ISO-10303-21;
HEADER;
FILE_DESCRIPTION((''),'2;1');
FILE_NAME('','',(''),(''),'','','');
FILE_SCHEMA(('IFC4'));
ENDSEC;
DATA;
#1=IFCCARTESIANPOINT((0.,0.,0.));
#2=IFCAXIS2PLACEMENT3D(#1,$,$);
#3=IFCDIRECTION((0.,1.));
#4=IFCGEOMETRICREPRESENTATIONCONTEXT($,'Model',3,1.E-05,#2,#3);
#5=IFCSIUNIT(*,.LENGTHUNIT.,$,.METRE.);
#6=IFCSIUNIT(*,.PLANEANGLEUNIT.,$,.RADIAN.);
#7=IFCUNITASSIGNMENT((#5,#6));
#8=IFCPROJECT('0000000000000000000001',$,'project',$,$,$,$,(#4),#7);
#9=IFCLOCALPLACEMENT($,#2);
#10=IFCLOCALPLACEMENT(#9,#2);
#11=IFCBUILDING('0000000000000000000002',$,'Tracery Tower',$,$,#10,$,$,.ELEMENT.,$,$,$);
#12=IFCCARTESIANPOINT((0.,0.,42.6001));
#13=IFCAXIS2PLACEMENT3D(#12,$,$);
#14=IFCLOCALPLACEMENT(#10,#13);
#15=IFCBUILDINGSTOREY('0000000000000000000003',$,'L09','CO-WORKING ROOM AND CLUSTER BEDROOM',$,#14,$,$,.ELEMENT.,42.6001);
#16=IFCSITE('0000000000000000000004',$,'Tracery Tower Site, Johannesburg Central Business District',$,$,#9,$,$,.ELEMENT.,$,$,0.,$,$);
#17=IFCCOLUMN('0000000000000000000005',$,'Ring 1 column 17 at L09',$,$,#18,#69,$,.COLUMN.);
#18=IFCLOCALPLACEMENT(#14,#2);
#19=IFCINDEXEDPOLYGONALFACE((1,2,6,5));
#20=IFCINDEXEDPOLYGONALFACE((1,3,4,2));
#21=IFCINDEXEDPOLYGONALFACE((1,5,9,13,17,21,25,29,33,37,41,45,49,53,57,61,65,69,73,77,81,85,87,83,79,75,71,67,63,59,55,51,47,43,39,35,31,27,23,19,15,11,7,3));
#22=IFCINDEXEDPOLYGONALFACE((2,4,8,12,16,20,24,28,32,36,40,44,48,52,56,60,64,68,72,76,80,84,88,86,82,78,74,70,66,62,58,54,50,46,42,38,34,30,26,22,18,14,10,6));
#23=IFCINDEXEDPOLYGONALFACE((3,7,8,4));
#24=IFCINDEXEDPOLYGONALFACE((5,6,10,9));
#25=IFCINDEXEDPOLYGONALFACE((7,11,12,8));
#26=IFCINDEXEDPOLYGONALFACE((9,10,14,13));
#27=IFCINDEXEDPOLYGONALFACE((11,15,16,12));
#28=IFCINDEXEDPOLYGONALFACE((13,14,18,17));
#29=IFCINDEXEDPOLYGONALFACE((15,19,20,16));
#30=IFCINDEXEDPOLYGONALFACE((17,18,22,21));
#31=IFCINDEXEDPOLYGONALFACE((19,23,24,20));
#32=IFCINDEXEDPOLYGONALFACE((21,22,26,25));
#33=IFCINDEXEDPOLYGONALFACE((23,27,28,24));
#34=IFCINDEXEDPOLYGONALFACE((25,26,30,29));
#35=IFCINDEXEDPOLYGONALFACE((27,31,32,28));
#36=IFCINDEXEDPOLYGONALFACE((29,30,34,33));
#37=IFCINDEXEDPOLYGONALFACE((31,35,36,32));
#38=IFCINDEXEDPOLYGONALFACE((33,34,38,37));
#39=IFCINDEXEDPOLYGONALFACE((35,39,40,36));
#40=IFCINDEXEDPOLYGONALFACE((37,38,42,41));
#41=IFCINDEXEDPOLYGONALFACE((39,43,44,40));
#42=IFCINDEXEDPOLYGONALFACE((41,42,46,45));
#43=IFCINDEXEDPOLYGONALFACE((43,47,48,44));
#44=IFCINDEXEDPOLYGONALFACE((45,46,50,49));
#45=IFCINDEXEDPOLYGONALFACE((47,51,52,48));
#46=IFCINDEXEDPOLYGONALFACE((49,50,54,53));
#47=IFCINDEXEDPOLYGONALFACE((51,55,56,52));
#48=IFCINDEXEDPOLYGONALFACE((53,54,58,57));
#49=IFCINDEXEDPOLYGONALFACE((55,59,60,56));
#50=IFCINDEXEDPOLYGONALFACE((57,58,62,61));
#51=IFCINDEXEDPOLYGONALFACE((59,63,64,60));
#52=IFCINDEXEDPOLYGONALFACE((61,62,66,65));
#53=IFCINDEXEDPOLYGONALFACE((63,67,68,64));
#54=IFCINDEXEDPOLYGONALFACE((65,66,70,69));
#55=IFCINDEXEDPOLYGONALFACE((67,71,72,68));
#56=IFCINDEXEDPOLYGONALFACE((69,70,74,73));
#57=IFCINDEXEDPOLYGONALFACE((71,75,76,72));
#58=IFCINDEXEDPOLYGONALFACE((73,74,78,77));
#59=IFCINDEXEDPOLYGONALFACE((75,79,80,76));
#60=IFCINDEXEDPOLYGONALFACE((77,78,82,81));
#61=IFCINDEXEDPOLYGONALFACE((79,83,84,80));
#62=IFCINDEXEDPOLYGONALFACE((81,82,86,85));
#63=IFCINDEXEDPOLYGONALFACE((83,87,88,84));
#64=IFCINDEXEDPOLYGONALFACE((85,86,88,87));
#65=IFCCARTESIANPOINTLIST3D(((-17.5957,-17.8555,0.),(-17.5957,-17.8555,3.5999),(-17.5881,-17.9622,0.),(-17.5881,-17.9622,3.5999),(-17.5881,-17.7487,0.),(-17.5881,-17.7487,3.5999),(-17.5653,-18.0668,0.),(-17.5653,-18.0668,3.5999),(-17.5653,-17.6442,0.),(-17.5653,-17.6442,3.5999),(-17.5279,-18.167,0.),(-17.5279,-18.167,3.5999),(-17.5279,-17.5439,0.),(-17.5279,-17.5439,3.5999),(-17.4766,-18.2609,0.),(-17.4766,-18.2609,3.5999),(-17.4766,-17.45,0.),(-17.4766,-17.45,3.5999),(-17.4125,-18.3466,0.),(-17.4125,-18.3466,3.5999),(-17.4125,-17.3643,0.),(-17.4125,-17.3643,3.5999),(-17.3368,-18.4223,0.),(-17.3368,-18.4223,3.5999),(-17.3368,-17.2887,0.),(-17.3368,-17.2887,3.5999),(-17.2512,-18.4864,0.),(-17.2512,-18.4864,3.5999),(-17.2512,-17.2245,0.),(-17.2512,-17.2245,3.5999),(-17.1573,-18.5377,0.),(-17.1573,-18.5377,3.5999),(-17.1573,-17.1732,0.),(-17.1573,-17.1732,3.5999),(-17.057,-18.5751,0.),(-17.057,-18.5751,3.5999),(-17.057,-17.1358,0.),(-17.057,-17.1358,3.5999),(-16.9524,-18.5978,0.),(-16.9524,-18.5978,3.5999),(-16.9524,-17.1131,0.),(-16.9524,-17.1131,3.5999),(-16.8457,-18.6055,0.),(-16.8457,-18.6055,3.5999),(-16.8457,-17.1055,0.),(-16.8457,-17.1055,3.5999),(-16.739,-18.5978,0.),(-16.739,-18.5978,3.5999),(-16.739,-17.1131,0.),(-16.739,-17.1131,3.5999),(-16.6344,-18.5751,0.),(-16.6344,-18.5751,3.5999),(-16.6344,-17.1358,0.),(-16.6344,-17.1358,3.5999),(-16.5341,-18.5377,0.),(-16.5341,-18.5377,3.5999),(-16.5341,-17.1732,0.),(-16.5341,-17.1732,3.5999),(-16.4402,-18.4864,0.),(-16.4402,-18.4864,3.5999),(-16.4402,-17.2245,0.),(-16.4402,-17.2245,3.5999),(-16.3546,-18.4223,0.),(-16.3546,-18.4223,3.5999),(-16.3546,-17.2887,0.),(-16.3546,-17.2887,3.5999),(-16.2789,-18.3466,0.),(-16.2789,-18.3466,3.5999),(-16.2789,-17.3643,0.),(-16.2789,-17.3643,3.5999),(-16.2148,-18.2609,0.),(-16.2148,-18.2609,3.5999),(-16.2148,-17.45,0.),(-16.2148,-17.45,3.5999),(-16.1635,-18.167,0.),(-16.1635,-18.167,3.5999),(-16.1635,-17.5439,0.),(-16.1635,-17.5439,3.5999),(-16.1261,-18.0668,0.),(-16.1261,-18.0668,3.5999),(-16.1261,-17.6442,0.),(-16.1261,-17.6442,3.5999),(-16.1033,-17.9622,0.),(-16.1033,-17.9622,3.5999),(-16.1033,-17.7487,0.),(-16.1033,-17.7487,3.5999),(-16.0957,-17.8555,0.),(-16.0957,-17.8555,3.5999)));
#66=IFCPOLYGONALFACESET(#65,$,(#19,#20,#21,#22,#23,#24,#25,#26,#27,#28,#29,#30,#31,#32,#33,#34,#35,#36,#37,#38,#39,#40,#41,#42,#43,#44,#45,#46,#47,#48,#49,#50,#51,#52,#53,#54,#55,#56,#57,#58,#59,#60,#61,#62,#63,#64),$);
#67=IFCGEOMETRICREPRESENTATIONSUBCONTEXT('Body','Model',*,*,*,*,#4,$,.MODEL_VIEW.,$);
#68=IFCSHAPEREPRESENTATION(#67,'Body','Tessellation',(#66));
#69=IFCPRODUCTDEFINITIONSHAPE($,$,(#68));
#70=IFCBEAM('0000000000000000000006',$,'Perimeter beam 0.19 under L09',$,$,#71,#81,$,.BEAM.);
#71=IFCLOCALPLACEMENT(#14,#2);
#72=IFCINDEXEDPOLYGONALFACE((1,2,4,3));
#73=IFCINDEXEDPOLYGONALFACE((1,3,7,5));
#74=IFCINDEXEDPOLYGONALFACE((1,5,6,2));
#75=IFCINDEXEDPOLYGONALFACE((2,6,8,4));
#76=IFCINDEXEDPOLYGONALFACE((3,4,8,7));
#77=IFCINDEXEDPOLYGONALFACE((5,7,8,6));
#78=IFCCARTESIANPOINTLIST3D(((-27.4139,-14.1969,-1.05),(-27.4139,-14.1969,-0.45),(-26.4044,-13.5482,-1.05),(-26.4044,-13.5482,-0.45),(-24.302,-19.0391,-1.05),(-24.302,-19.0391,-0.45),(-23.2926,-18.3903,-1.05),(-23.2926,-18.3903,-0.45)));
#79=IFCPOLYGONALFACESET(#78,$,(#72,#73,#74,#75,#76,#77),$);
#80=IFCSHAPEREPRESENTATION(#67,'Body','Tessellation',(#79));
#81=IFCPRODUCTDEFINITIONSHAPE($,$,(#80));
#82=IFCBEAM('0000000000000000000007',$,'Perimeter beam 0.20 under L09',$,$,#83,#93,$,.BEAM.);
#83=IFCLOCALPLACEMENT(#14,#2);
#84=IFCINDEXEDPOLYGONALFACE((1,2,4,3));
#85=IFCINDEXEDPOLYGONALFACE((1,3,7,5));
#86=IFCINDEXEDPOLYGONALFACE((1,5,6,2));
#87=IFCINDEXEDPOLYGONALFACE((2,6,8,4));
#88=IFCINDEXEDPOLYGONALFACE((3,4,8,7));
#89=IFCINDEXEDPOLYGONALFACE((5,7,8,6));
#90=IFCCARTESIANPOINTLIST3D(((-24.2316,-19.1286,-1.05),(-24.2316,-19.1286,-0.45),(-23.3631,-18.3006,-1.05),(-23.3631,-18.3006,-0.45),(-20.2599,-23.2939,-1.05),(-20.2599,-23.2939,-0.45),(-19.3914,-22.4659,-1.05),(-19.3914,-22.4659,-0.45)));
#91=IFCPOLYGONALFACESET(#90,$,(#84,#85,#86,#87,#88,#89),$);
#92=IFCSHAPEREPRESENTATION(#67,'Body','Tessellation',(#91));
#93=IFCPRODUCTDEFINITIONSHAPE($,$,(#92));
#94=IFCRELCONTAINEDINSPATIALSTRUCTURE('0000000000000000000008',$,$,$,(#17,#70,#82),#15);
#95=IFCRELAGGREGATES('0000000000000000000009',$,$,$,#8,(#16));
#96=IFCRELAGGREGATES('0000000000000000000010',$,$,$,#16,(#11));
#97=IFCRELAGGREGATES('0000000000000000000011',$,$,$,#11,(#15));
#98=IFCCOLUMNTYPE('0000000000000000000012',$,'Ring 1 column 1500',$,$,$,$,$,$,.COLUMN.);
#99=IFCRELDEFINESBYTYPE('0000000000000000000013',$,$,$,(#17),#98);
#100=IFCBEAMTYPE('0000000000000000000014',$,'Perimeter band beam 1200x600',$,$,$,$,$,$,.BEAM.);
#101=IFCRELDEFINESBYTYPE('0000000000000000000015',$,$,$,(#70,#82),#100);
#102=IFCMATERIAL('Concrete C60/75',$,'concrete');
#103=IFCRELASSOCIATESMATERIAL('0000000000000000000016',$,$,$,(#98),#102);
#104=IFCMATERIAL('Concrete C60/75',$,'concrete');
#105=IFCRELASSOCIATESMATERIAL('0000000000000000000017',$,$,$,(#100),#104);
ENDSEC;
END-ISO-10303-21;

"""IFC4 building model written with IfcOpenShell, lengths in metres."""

from ifc_helpers import new_model, si_unit, direction, frame, origin, origin_2d, place, context, subcontext, project, spatial, rectangle, circle, extrude, material, material_profile, profile_set, type_object, element, save


model = new_model("IFC4")

# Units and contexts
model_context = context("Model", 3, precision=1e-05, world=origin(), true_north=direction((0.0, 1.0)))
body_context = subcontext(model_context, "Body", "Model", "MODEL_VIEW")
ifc_project = project(units=[si_unit("LENGTHUNIT", "METRE"), si_unit("PLANEANGLEUNIT", "RADIAN")], contexts=[model_context])

# Site, building, storey
site_placement = place(None, origin())
site = spatial("IfcSite", under=ifc_project, at=site_placement, Name="Tracery Tower Site, Johannesburg Central Business District", CompositionType="ELEMENT", RefElevation=0.0)
building_placement = place(site_placement, origin())
building = spatial("IfcBuilding", under=site, at=building_placement, Name="Tracery Tower", CompositionType="ELEMENT")
storey_placement = place(building_placement, frame((0.0, 0.0, 42.6001)))
storey = spatial("IfcBuildingStorey", under=building, at=storey_placement, Name="L09", Description="CO-WORKING ROOM AND CLUSTER BEDROOM", CompositionType="ELEMENT", Elevation=42.6001)

# Column
ifc_material_1 = material(Name="Concrete C60/75", Category="concrete")
ifc_material_profile_1 = material_profile(ifc_material_1, circle(Radius=0.75, at=origin_2d()), Name="RC D1500")
ifc_profile_set_1 = profile_set([ifc_material_profile_1], Name="Concrete C60/75")
column_type_1 = type_object("IfcColumnType", Name="Ring 1 column 1500", PredefinedType="COLUMN", material=ifc_profile_set_1)
for number, where, z_axis, x_axis, name in (
    (1, (-16.8457, -17.8555, 0.0), (0.0, 0.0, 1.0), (1.0, 0.0, 0.0), "Ring 1 column 17 at L09"),
):
    element("IfcColumn", number, at=place(storey_placement, frame(where, z_axis=z_axis, x_axis=x_axis)), inside=storey, type_object=column_type_1, Name=name, PredefinedType="COLUMN", context=body_context, shape_type="SweptSolid", body=[
        extrude(circle(Radius=0.75, at=origin_2d()), origin(), (0.0, 0.0, 1.0), 3.5999),
    ])

# Beams
ifc_material_2 = material(Name="Concrete C60/75", Category="concrete")
ifc_material_profile_2 = material_profile(ifc_material_2, rectangle(XDim=1.2, YDim=0.6001, at=origin_2d()), Name="RC 1200x600")
ifc_profile_set_2 = profile_set([ifc_material_profile_2], Name="Concrete C60/75")
beam_type = type_object("IfcBeamType", Name="Perimeter band beam 1200x600", PredefinedType="BEAM", material=ifc_profile_set_2)
beam_1_placement = place(storey_placement, frame((-26.9092, -13.8726, -0.75), z_axis=(0.540644, -0.841252, 0.0), x_axis=(0.841252, 0.540644, 0.0)))
element("IfcBeam", 2, at=beam_1_placement, inside=storey, type_object=beam_type, Name="Perimeter beam 0.19 under L09", PredefinedType="BEAM", context=body_context, shape_type="SweptSolid", body=[
    extrude(rectangle(XDim=1.2, YDim=0.6001, at=origin_2d()), origin(), (0.0, 0.0, 1.0), 5.7559),
])
beam_2_placement = place(storey_placement, frame((-23.7974, -18.7146, -0.75), z_axis=(0.690087, -0.723726, 0.0), x_axis=(0.723726, 0.690087, 0.0)))
element("IfcBeam", 3, at=beam_2_placement, inside=storey, type_object=beam_type, Name="Perimeter beam 0.20 under L09", PredefinedType="BEAM", context=body_context, shape_type="SweptSolid", body=[
    extrude(rectangle(XDim=1.2, YDim=0.6001, at=origin_2d()), origin(), (0.0, 0.0, 1.0), 5.7554),
])

save(model, "model.ifc")
